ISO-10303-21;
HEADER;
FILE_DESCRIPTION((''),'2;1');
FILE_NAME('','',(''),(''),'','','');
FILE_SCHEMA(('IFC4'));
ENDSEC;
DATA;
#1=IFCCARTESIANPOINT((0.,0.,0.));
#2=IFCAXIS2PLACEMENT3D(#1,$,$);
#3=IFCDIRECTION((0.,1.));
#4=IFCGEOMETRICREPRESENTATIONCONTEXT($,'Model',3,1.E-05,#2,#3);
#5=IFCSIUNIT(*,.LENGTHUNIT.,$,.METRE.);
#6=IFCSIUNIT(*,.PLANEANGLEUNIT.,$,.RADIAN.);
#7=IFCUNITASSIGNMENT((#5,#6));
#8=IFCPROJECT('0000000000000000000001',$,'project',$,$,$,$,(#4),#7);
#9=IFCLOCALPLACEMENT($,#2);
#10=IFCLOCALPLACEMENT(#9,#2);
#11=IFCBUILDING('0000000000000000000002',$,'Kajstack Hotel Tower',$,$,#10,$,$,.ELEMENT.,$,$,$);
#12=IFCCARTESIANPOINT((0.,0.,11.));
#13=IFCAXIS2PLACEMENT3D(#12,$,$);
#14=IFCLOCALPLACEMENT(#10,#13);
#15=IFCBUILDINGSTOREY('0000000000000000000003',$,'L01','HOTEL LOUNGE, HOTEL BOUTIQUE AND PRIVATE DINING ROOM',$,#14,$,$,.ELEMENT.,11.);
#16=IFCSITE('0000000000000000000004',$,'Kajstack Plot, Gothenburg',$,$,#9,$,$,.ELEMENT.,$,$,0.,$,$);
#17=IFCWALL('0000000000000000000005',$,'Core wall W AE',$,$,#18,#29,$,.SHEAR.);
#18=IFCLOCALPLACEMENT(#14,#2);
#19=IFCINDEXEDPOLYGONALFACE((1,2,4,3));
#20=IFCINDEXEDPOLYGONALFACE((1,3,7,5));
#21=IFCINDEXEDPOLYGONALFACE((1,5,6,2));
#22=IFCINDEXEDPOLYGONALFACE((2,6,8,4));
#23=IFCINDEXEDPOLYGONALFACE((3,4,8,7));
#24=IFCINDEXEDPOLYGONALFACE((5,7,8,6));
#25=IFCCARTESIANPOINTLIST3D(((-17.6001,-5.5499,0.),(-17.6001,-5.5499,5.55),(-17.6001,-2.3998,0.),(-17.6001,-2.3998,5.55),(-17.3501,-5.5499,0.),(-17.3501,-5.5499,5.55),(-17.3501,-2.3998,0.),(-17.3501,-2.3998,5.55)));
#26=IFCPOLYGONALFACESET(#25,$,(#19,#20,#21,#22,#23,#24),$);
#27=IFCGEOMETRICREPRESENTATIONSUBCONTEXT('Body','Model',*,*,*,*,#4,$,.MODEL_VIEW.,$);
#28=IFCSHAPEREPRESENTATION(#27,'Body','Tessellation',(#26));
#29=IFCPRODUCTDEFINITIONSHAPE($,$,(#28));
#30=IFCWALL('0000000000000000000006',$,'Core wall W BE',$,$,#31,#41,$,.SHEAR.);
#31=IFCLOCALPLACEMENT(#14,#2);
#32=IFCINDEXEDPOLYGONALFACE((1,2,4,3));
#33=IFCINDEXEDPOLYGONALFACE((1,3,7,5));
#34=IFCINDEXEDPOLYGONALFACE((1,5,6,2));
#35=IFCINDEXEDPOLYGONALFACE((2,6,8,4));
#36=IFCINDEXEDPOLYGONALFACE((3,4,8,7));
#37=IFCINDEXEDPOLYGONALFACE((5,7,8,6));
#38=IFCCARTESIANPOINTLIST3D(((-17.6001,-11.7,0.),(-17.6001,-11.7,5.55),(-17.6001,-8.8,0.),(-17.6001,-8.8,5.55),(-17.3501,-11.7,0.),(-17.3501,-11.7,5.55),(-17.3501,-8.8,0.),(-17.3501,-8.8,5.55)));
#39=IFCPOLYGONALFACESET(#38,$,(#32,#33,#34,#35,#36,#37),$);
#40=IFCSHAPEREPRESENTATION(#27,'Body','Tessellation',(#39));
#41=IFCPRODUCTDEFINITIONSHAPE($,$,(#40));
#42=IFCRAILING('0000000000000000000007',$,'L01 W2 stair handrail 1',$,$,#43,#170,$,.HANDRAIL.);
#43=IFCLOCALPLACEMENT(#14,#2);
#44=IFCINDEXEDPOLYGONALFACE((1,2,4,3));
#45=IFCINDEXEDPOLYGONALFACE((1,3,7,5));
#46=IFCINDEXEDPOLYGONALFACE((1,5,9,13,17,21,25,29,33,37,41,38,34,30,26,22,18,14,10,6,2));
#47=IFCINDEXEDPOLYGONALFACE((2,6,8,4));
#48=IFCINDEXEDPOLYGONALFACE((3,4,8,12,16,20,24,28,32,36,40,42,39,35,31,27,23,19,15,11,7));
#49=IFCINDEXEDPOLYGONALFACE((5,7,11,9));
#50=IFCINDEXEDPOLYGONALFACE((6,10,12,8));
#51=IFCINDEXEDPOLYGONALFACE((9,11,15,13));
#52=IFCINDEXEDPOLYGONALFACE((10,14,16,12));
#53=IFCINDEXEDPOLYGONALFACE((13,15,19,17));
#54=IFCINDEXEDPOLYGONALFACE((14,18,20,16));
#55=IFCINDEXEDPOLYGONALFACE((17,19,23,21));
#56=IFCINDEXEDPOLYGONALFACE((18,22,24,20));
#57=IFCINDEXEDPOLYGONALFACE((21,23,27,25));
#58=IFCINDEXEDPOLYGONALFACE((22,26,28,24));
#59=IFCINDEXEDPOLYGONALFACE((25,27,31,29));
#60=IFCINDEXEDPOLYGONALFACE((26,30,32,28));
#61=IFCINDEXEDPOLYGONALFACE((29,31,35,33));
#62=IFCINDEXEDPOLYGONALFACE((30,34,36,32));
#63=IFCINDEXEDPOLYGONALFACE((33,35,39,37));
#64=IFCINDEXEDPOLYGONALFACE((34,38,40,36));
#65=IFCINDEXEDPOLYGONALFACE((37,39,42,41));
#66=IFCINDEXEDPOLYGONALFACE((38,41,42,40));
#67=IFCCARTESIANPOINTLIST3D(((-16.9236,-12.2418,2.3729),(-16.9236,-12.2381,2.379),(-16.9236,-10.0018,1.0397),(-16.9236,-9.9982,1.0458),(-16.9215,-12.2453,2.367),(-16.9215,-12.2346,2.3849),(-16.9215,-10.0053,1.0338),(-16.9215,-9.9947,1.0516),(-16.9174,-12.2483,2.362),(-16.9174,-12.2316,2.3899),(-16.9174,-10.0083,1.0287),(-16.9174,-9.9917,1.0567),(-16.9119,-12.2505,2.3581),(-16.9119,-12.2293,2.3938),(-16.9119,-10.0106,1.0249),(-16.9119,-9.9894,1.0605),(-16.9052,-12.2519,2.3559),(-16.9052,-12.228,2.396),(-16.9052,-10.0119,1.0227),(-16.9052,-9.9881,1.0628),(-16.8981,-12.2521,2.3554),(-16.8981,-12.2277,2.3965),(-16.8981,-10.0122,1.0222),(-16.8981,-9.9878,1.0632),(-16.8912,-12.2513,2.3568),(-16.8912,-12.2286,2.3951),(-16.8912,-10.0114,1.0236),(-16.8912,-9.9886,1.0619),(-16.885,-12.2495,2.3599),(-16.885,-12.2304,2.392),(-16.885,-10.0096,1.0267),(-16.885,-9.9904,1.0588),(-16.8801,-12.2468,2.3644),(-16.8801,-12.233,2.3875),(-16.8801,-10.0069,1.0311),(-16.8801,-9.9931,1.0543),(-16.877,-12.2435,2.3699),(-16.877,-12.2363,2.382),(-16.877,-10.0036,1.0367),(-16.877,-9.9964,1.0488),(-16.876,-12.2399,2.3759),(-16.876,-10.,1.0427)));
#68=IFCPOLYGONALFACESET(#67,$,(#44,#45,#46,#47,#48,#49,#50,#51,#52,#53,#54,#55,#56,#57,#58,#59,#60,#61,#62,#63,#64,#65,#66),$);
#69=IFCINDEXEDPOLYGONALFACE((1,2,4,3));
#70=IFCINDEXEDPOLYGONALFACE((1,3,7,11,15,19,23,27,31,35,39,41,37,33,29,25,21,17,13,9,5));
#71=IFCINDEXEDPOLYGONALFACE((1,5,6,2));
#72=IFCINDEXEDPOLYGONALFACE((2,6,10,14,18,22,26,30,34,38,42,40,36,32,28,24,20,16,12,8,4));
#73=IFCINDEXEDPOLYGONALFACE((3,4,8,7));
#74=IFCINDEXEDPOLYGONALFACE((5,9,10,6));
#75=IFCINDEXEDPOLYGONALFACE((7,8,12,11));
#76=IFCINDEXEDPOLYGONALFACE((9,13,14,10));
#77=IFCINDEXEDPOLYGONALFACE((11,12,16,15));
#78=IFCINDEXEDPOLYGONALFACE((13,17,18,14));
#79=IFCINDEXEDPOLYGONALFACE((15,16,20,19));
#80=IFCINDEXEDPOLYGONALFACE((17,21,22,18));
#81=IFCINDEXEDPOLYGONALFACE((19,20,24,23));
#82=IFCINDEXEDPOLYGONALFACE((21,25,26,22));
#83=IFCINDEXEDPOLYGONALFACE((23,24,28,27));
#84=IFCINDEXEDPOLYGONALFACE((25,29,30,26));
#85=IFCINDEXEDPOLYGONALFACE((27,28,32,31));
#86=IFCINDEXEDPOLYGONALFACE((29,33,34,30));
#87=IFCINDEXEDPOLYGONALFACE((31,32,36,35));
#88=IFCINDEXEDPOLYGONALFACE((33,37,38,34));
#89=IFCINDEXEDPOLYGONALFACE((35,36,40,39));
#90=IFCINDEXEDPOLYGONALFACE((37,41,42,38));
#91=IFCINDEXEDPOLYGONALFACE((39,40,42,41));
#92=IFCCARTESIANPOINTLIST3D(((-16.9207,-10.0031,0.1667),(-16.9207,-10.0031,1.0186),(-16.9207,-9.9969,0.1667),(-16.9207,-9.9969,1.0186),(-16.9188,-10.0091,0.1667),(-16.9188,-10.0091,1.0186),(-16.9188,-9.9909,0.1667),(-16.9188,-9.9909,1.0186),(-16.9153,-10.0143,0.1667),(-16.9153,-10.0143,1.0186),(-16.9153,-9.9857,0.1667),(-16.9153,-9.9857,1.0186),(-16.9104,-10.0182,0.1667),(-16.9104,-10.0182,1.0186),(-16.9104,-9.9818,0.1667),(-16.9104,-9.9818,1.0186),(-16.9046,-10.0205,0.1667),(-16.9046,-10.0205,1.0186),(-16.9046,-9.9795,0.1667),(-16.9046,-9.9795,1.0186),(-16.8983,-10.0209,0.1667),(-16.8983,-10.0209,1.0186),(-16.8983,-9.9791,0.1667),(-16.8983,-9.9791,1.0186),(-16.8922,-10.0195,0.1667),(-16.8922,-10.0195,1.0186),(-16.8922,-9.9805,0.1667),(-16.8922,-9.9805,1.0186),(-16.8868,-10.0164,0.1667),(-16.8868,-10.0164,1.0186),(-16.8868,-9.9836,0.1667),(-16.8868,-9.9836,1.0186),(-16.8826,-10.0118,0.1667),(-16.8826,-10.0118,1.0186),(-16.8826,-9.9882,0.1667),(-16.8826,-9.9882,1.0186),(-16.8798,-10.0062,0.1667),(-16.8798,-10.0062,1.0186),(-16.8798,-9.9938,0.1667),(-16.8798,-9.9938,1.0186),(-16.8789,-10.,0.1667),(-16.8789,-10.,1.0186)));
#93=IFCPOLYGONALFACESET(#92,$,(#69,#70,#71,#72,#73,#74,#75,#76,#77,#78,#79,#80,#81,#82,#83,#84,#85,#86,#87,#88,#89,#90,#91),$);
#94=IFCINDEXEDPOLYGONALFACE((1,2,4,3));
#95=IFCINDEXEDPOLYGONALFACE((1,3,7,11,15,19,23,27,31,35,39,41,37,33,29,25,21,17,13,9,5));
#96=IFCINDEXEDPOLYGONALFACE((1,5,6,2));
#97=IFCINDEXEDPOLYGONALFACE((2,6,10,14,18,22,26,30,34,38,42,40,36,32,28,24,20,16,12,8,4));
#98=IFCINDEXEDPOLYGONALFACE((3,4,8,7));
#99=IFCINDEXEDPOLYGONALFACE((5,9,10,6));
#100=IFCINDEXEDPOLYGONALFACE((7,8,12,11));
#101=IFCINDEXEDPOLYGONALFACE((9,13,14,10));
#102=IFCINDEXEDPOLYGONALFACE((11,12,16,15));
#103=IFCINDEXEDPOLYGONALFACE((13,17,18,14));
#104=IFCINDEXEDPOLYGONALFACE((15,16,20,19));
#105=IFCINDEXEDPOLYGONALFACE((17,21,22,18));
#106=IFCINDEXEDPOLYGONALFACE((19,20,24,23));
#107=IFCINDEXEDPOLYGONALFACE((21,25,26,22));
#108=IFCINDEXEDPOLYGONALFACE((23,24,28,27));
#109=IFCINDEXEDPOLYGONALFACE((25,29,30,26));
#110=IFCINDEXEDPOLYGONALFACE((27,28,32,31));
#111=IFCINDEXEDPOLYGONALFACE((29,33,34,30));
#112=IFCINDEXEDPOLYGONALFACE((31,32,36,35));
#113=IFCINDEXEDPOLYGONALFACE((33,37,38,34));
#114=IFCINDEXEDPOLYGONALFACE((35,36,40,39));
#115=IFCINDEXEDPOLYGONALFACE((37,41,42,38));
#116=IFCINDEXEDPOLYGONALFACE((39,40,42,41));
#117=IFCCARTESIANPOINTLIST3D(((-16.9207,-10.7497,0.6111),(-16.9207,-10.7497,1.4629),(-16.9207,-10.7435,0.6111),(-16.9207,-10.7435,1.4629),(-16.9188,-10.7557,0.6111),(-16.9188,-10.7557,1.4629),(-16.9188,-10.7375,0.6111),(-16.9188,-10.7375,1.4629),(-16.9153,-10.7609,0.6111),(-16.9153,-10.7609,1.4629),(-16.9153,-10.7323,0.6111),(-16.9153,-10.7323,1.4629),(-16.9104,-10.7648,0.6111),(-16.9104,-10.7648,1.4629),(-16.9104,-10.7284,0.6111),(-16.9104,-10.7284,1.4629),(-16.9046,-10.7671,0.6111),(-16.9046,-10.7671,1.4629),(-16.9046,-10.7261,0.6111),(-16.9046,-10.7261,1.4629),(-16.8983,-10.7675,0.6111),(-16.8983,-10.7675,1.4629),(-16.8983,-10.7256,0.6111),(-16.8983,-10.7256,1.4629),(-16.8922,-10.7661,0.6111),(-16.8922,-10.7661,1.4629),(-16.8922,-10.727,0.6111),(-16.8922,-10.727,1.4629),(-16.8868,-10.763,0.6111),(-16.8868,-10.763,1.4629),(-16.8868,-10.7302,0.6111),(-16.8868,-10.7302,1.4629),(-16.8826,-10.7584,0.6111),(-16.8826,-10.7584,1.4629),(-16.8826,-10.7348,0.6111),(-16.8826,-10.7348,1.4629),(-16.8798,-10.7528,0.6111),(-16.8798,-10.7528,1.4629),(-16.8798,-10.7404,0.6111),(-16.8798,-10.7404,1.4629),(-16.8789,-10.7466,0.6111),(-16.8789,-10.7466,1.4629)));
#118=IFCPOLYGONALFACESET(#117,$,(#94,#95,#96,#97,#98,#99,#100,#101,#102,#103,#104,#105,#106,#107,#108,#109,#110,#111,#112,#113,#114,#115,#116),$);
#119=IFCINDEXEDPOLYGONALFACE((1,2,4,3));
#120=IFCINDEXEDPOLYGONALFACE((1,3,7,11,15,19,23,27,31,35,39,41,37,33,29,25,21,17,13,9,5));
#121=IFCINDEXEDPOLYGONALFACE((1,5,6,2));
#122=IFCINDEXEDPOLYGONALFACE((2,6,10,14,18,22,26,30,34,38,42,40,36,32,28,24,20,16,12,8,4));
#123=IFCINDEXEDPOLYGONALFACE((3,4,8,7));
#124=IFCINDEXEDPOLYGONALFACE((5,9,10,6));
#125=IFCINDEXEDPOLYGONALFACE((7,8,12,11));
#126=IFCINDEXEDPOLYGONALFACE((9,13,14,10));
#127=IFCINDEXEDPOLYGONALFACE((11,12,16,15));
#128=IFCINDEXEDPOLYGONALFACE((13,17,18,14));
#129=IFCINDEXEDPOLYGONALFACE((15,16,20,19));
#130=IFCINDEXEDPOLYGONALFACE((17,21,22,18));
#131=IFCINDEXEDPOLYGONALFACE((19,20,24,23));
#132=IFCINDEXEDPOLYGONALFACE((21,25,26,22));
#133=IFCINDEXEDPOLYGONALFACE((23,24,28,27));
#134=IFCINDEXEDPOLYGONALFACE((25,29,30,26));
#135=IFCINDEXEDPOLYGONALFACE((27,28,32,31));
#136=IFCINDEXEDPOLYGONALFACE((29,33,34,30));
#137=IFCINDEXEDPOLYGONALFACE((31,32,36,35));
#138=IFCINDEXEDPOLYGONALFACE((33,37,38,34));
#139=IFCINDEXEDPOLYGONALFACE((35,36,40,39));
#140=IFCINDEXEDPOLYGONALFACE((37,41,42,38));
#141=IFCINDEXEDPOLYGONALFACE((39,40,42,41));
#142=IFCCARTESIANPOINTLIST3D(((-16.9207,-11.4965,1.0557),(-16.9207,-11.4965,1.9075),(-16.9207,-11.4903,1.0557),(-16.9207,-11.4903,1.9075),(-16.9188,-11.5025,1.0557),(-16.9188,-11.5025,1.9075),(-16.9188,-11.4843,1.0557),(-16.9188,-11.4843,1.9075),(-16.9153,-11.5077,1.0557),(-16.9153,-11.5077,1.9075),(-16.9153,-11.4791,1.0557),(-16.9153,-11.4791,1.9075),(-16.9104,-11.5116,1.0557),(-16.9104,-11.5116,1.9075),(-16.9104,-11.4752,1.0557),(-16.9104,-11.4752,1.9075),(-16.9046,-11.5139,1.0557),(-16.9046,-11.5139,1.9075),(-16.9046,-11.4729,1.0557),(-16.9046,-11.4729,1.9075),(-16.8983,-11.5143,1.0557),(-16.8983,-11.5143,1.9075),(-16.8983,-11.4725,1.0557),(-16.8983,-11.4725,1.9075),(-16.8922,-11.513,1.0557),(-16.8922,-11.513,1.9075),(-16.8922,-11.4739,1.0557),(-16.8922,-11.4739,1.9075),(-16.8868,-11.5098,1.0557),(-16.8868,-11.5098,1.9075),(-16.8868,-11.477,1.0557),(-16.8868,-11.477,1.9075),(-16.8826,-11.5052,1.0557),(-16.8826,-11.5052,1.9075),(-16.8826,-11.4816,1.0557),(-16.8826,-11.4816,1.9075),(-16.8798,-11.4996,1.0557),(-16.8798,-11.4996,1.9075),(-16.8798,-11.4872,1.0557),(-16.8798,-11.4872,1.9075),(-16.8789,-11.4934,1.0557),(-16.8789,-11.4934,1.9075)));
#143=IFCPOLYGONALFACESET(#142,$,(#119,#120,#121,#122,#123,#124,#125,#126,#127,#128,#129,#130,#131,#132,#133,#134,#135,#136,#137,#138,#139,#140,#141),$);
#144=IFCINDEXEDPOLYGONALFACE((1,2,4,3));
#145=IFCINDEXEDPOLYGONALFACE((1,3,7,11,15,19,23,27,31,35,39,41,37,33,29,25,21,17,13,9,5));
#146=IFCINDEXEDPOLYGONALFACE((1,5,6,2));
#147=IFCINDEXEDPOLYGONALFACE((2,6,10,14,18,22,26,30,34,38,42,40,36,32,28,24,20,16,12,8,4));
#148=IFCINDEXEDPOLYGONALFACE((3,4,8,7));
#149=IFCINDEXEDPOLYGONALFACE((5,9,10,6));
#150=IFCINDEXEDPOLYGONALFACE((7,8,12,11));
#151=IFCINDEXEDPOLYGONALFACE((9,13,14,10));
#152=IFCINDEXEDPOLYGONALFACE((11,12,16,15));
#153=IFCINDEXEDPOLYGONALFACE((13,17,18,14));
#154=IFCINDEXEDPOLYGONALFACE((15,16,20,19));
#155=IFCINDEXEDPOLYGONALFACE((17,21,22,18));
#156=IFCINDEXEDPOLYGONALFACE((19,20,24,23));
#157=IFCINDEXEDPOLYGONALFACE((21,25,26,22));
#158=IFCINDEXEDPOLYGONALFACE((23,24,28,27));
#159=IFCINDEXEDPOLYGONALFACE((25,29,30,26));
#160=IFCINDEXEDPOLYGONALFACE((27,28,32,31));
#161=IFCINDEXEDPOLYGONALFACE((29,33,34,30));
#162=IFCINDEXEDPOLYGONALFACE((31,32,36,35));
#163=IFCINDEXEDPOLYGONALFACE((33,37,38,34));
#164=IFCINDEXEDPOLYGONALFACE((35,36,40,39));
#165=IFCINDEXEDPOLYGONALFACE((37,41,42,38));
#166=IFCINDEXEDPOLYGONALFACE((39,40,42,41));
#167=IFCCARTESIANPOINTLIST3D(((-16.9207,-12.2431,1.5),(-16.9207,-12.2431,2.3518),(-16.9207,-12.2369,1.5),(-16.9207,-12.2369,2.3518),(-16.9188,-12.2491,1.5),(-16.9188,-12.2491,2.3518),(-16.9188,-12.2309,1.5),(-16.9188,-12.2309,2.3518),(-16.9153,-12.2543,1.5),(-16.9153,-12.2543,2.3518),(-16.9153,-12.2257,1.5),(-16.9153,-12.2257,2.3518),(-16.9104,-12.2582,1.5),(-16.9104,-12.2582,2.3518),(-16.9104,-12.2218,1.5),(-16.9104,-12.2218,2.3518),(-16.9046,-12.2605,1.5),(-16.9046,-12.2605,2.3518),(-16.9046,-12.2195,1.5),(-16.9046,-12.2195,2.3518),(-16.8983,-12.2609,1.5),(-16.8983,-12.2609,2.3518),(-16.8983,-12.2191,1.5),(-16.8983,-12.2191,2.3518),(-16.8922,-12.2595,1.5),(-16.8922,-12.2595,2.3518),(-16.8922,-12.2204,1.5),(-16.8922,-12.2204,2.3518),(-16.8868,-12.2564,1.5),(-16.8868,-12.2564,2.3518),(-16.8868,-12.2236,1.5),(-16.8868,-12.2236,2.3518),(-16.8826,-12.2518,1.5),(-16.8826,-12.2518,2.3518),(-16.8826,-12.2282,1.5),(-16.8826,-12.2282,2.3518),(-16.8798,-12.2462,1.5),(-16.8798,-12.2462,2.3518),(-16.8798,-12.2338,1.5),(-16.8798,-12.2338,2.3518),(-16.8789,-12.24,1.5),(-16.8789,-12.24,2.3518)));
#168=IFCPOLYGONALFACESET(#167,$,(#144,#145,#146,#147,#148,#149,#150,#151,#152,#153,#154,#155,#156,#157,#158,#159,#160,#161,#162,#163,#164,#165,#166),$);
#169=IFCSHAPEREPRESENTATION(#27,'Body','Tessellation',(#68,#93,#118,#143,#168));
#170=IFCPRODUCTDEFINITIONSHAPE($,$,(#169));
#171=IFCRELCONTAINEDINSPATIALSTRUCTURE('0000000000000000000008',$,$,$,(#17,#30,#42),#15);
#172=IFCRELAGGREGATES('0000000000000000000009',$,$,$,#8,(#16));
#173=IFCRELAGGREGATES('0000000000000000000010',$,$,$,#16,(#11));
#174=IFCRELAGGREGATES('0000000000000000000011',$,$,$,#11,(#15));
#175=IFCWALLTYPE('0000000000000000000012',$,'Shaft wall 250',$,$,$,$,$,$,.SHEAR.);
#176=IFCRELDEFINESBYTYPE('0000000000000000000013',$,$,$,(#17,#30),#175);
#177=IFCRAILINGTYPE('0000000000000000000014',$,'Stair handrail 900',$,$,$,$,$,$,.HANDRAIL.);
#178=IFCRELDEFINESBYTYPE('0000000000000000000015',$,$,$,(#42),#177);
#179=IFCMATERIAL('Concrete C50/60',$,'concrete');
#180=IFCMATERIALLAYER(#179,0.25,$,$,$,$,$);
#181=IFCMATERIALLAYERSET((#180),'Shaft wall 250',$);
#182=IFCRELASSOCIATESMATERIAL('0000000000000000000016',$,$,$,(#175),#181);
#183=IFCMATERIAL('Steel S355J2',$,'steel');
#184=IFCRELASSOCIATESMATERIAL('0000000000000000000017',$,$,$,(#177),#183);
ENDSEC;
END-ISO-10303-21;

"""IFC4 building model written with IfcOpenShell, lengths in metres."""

from ifc_helpers import new_model, si_unit, direction, frame, frame_2d, origin, origin_2d, place, context, subcontext, project, spatial, rectangle, circle, extrude, material, layer, layer_set, type_object, element, save


model = new_model("IFC4")

# Units and contexts
model_context = context("Model", 3, precision=1e-05, world=origin(), true_north=direction((0.0, 1.0)))
body_context = subcontext(model_context, "Body", "Model", "MODEL_VIEW")
ifc_project = project(units=[si_unit("LENGTHUNIT", "METRE"), si_unit("PLANEANGLEUNIT", "RADIAN")], contexts=[model_context])

# Site, building, storey
site_placement = place(None, origin())
site = spatial("IfcSite", under=ifc_project, at=site_placement, Name="Kajstack Plot, Gothenburg", CompositionType="ELEMENT", RefElevation=0.0)
building_placement = place(site_placement, origin())
building = spatial("IfcBuilding", under=site, at=building_placement, Name="Kajstack Hotel Tower", CompositionType="ELEMENT")
storey_placement = place(building_placement, frame((0.0, 0.0, 11.0)))
storey = spatial("IfcBuildingStorey", under=building, at=storey_placement, Name="L01", Description="HOTEL LOUNGE, HOTEL BOUTIQUE AND PRIVATE DINING ROOM", CompositionType="ELEMENT", Elevation=11.0)

# Shared definitions
ifc_material_1 = material(Name="Concrete C50/60", Category="concrete")

# Walls
ifc_layer_1 = layer(ifc_material_1, 0.25)
ifc_layer_set_1 = layer_set([ifc_layer_1], Name="Shaft wall 250")
wall_type_1 = type_object("IfcWallType", Name="Shaft wall 250", PredefinedType="SHEAR", material=ifc_layer_set_1)
wall_1_placement = place(storey_placement, frame((-17.4751, -5.55, 0.0), z_axis=(0.0, 0.0, 1.0), x_axis=(0.0, 1.0, 0.0)))
element("IfcWall", 1, at=wall_1_placement, inside=storey, type_object=wall_type_1, Name="Core wall W AE", PredefinedType="SHEAR", context=body_context, shape_type="SweptSolid", body=[
    extrude(rectangle(XDim=3.1501, YDim=0.25, at=frame_2d((1.5752, 0.0))), origin(), (0.0, 0.0, 1.0), 5.55),
])
wall_2_placement = place(storey_placement, frame((-17.4751, -11.7, 0.0), z_axis=(0.0, 0.0, 1.0), x_axis=(0.0, 1.0, 0.0)))
element("IfcWall", 2, at=wall_2_placement, inside=storey, type_object=wall_type_1, Name="Core wall W BE", PredefinedType="SHEAR", context=body_context, shape_type="SweptSolid", body=[
    extrude(rectangle(XDim=2.8999, YDim=0.25, at=frame_2d((1.45, 0.0))), origin(), (0.0, 0.0, 1.0), 5.55),
])

# Railing
ifc_material_2 = material(Name="Steel S355J2", Category="steel")
railing_type_1 = type_object("IfcRailingType", Name="Stair handrail 900", PredefinedType="HANDRAIL", material=ifc_material_2)
for number, where, name in (
    (3, (-16.8999, -10.0, 0.1667), "L01 W2 stair handrail 1"),
):
    element("IfcRailing", number, at=place(storey_placement, frame(where)), inside=storey, type_object=railing_type_1, Name=name, PredefinedType="HANDRAIL", context=body_context, shape_type="SweptSolid", body=[
        extrude(circle(Radius=0.0239, at=origin_2d()), frame((0.0, 0.0, 0.876), z_axis=(0.0, -0.859306, 0.511462), x_axis=(1.0, 0.0, 0.0)), (0.0, 0.0, 1.0), 2.6067),
        extrude(circle(Radius=0.021, at=origin_2d()), origin(), (0.0, 0.0, 1.0), 0.8518),
        extrude(circle(Radius=0.021, at=origin_2d()), frame((0.0, -0.7466, 0.4443)), (0.0, 0.0, 1.0), 0.8518),
        extrude(circle(Radius=0.021, at=origin_2d()), frame((0.0, -1.4934, 0.8889)), (0.0, 0.0, 1.0), 0.8518),
        extrude(circle(Radius=0.021, at=origin_2d()), frame((0.0, -2.24, 1.3333)), (0.0, 0.0, 1.0), 0.8518),
    ])

save(model, "model.ifc")
